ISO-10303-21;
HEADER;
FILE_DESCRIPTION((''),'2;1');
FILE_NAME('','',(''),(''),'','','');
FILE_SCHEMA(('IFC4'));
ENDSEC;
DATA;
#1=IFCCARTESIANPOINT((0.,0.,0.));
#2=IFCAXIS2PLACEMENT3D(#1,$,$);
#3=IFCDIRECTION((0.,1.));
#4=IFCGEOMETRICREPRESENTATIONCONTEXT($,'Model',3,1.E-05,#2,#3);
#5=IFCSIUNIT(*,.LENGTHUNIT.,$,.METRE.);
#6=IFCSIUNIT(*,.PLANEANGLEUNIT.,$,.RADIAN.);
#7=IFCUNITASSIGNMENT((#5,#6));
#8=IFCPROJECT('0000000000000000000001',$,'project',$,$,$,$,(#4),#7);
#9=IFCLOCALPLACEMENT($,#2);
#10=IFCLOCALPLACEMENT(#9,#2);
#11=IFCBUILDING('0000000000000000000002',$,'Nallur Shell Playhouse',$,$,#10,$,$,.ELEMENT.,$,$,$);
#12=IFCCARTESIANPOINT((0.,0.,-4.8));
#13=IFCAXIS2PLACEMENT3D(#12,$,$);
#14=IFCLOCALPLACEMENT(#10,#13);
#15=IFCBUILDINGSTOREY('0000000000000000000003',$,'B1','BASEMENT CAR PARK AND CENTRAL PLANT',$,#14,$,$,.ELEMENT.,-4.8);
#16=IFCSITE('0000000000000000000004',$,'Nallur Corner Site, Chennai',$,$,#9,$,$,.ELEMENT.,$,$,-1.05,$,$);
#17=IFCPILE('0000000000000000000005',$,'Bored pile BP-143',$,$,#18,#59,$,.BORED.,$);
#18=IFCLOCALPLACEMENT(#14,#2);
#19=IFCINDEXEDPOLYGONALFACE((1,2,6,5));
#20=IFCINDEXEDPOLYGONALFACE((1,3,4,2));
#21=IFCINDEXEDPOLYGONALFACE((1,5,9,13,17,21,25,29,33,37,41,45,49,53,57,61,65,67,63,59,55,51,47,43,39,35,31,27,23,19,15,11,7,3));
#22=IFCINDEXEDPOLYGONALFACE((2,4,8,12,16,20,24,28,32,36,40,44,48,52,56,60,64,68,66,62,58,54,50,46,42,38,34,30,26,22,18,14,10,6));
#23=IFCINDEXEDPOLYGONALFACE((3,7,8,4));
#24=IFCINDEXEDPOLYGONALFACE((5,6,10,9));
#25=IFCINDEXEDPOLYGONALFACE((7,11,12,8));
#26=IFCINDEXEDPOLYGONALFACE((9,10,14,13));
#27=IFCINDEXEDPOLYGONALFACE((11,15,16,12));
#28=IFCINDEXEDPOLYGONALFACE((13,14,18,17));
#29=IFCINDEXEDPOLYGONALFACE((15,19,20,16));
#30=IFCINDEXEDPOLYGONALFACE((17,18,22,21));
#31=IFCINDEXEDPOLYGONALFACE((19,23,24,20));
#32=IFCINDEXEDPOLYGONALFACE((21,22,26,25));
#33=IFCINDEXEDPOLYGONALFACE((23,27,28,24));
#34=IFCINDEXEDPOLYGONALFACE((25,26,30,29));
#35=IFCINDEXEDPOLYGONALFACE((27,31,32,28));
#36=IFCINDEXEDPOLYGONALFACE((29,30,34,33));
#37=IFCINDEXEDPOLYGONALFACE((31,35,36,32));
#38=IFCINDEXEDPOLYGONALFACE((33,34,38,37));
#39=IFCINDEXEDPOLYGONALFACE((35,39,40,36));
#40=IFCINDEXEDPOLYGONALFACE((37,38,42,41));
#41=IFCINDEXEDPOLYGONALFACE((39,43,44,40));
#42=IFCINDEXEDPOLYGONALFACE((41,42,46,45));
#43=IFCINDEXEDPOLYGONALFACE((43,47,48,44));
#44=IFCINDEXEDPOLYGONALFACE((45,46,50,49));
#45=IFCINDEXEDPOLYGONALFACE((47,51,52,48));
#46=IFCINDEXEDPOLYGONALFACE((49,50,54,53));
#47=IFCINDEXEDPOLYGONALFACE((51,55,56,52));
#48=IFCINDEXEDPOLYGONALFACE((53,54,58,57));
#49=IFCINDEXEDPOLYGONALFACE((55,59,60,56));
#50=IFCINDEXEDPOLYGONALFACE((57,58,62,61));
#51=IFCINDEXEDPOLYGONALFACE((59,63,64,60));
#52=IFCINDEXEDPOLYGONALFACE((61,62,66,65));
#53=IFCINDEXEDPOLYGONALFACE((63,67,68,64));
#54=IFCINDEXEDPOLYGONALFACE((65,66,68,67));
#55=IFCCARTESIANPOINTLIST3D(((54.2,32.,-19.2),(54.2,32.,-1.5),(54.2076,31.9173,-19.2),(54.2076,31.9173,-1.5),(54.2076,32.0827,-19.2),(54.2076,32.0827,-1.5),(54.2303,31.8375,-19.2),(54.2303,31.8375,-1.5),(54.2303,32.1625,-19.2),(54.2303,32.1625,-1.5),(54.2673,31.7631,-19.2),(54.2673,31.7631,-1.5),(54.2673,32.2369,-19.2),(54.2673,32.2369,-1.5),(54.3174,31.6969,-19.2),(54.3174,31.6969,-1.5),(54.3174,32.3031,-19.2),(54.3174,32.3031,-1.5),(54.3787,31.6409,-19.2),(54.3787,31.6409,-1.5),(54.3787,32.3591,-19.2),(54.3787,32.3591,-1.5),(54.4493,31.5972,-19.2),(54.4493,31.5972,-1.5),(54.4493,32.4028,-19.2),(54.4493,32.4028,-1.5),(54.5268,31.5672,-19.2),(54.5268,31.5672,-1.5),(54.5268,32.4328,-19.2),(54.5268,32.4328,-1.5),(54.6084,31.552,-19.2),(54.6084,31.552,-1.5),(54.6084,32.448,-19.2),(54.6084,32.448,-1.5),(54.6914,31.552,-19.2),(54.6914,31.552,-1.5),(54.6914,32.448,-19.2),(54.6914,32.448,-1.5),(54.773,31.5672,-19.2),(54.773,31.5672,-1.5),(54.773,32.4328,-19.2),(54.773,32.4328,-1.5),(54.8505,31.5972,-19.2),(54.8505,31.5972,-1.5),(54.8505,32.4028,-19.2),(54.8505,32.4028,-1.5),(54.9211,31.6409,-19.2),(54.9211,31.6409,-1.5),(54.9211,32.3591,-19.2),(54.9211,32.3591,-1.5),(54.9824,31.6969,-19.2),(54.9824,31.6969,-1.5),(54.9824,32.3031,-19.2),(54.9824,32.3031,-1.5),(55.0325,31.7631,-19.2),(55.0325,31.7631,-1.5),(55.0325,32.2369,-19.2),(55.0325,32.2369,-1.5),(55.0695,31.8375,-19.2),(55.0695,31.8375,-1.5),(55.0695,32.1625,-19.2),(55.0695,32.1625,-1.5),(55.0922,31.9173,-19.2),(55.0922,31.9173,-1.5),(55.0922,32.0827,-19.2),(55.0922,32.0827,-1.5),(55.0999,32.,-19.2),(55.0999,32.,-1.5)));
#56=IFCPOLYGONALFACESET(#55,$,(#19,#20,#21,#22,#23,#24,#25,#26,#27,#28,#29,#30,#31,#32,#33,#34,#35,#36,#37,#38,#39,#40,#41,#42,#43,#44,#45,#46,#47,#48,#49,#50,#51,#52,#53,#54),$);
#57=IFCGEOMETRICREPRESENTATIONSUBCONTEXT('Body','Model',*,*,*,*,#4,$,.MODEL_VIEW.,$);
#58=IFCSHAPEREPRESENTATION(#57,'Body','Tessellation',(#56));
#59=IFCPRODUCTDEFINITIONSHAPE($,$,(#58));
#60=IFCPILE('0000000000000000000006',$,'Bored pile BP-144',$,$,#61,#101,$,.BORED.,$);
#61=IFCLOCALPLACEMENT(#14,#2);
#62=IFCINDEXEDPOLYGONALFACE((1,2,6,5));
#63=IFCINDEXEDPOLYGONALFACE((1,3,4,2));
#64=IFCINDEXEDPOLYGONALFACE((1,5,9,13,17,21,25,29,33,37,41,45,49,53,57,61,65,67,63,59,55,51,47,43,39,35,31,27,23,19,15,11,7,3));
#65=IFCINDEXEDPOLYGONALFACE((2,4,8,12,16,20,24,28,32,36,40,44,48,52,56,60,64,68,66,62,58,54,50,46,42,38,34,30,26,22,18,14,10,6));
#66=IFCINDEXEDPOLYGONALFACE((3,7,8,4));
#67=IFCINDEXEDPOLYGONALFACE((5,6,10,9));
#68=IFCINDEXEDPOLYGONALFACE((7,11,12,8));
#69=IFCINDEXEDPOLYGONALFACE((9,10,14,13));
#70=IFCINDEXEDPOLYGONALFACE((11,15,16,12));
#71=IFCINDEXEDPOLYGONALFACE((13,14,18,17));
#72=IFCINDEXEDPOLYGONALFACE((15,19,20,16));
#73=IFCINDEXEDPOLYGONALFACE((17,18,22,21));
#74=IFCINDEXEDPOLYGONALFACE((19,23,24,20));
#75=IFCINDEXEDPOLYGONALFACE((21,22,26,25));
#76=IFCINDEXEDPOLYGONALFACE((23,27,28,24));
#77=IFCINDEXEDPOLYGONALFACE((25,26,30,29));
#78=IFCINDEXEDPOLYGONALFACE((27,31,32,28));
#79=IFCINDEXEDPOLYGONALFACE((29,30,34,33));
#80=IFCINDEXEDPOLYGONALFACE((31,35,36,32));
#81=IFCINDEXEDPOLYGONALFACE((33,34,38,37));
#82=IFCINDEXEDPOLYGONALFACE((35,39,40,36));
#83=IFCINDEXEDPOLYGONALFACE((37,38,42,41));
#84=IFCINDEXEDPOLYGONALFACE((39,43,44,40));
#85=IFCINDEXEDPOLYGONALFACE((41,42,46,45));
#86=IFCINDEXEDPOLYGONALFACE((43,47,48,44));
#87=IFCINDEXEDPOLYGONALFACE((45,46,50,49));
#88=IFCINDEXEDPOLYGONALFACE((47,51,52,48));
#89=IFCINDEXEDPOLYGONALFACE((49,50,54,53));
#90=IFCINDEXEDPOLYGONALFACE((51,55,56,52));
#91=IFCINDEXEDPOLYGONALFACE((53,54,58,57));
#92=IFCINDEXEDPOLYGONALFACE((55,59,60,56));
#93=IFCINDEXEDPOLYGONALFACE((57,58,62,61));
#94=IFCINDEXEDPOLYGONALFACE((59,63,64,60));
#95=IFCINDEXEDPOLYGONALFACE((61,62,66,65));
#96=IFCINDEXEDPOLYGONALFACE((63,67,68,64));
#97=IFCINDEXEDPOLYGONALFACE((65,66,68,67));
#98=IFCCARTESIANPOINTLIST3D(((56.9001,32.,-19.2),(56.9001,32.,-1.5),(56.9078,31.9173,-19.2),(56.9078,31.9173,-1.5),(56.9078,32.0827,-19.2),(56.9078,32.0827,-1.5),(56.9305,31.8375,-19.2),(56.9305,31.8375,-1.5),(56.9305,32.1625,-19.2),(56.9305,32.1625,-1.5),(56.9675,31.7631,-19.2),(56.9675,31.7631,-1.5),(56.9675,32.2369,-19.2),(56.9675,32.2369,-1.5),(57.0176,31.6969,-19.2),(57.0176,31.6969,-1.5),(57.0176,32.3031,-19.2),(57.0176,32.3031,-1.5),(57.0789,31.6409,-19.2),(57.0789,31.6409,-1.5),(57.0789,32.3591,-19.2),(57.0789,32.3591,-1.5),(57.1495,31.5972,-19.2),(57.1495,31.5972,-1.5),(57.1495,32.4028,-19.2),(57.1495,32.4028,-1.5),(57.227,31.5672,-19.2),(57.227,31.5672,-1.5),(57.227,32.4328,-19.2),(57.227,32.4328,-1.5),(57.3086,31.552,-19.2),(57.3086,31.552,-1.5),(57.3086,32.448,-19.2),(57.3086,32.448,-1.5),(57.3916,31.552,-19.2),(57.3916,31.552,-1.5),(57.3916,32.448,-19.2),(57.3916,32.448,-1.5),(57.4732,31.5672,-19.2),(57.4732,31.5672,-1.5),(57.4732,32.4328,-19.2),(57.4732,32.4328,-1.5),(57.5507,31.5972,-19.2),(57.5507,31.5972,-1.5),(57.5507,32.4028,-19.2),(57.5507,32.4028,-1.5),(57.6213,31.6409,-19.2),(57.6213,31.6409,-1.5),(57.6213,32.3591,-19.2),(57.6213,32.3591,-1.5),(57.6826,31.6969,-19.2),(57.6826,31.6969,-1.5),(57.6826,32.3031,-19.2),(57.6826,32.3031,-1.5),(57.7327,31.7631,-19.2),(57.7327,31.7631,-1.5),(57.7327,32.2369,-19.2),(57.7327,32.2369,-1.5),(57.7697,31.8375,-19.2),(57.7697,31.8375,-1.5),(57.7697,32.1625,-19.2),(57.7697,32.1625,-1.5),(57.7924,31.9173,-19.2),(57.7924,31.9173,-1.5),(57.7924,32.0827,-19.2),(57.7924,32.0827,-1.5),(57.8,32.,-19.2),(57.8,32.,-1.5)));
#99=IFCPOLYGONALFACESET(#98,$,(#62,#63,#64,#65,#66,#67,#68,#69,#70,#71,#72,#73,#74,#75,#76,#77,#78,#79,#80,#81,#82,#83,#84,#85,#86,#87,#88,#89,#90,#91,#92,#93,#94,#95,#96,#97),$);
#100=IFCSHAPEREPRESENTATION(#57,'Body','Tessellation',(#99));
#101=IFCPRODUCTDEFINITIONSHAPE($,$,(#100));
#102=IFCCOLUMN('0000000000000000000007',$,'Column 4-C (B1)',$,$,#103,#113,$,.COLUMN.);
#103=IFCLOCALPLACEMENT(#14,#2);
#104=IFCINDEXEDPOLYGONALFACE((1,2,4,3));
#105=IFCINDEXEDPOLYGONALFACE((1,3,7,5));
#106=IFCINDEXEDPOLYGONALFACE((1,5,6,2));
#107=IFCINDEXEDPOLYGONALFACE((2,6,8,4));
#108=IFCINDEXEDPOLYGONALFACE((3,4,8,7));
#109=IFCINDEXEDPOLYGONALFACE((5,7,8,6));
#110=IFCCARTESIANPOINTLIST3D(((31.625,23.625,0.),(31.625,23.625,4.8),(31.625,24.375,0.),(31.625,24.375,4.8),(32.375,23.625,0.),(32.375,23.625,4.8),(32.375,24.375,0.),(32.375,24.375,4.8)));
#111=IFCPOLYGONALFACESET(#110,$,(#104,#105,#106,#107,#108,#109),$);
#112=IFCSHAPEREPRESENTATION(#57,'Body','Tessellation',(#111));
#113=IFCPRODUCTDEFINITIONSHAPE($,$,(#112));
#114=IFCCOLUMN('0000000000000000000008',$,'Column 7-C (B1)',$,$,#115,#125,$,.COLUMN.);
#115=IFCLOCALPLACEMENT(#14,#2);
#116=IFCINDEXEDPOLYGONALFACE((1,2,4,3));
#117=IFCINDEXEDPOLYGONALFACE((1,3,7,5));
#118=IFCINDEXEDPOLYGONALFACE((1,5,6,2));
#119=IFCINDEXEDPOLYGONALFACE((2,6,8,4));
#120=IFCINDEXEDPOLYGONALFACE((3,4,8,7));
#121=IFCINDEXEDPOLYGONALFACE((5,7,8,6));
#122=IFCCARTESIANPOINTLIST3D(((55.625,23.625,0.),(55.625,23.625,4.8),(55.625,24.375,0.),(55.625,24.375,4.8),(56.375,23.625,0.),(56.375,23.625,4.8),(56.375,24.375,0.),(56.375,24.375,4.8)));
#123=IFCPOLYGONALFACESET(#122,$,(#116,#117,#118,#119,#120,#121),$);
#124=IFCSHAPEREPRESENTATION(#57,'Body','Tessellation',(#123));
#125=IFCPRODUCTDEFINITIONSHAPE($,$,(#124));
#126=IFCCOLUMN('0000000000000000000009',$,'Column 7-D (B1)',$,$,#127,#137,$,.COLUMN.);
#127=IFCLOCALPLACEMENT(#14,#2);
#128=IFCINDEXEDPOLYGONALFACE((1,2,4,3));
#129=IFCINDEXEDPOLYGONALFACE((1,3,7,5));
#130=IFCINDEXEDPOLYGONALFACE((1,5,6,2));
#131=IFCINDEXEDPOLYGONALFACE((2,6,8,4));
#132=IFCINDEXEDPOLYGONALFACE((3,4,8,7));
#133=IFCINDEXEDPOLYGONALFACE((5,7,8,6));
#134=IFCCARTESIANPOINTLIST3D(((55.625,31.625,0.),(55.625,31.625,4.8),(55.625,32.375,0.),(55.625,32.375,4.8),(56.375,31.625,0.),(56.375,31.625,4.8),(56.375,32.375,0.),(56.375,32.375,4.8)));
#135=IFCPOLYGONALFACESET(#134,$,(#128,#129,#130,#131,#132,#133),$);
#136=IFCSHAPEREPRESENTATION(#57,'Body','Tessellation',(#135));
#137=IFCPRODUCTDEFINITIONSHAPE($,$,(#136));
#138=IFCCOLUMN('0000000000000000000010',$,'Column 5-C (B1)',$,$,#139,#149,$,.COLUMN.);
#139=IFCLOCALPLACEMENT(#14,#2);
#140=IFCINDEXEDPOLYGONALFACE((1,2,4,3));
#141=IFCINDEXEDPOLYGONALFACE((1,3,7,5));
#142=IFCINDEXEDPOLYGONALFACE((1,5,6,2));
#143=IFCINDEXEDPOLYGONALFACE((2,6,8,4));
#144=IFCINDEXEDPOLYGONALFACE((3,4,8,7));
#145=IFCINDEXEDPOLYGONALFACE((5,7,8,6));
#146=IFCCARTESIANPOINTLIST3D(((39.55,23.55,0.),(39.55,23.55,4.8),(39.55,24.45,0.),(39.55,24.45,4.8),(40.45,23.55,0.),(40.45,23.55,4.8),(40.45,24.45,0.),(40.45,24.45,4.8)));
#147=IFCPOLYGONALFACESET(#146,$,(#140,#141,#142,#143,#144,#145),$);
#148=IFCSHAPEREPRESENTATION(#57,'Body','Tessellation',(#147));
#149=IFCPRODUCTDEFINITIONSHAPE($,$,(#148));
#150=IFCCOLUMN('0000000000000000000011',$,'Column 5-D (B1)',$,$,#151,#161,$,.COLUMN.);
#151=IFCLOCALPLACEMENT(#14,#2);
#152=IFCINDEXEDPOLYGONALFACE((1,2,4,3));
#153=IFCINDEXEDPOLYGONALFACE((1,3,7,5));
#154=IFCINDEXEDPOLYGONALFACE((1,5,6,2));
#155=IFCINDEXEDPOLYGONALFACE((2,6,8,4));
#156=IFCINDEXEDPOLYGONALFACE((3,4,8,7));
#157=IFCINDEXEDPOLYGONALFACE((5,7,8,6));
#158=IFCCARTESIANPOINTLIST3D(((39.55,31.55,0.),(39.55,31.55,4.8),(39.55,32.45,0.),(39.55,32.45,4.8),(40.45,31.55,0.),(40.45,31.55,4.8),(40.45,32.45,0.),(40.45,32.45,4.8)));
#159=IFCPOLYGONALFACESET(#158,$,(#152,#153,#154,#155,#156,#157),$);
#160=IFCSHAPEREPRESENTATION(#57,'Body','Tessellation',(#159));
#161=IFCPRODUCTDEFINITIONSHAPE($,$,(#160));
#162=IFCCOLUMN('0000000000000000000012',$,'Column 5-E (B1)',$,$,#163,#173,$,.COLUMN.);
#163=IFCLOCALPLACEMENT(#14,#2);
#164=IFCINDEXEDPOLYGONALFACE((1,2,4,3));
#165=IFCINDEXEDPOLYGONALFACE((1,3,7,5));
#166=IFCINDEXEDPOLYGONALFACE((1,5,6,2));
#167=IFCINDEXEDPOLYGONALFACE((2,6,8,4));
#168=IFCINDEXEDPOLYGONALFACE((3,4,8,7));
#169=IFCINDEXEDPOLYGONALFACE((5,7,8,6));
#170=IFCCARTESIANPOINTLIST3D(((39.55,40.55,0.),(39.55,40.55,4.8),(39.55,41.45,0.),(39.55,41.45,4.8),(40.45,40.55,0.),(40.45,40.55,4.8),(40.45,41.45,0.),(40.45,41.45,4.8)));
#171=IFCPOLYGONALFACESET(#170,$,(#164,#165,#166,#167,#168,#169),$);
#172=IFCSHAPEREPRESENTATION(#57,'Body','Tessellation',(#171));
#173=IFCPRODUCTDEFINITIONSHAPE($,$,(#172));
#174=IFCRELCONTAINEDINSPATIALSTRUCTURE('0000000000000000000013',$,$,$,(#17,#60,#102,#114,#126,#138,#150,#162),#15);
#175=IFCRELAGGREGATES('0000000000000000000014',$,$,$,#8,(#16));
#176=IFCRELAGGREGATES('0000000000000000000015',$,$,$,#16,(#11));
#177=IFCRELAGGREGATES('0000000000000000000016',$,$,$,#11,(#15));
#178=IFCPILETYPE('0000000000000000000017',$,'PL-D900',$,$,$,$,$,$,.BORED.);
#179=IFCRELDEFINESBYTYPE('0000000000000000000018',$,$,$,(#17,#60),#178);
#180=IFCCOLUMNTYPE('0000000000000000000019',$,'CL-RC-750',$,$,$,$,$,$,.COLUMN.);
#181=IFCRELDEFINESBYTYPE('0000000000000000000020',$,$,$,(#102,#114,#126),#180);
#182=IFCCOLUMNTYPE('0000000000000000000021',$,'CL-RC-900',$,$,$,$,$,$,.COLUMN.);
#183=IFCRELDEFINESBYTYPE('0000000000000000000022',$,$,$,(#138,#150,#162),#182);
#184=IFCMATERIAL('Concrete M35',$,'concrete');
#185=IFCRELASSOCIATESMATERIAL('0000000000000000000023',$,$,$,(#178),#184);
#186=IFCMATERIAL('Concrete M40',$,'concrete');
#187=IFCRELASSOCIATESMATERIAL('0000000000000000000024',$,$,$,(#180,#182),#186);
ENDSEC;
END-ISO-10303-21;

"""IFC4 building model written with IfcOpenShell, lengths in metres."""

from ifc_helpers import new_model, si_unit, direction, frame, origin, origin_2d, place, context, subcontext, project, spatial, rectangle, circle, extrude, material, material_profile, profile_set, type_object, element, save


model = new_model("IFC4")

# Units and contexts
model_context = context("Model", 3, precision=1e-05, world=origin(), true_north=direction((0.0, 1.0)))
body_context = subcontext(model_context, "Body", "Model", "MODEL_VIEW")
ifc_project = project(units=[si_unit("LENGTHUNIT", "METRE"), si_unit("PLANEANGLEUNIT", "RADIAN")], contexts=[model_context])

# Site, building, storey
site_placement = place(None, origin())
site = spatial("IfcSite", under=ifc_project, at=site_placement, Name="Nallur Corner Site, Chennai", CompositionType="ELEMENT", RefElevation=-1.05)
building_placement = place(site_placement, origin())
building = spatial("IfcBuilding", under=site, at=building_placement, Name="Nallur Shell Playhouse", CompositionType="ELEMENT")
storey_placement = place(building_placement, frame((0.0, 0.0, -4.8)))
storey = spatial("IfcBuildingStorey", under=building, at=storey_placement, Name="B1", Description="BASEMENT CAR PARK AND CENTRAL PLANT", CompositionType="ELEMENT", Elevation=-4.8)

# Shared definitions
ifc_material_1 = material(Name="Concrete M35", Category="concrete")

# Piles
ifc_material_profile_1 = material_profile(ifc_material_1, circle(Radius=0.45, at=origin_2d()), Name="BORED PILE D900")
ifc_profile_set_1 = profile_set([ifc_material_profile_1], Name="Concrete M35")
pile_type_1 = type_object("IfcPileType", Name="PL-D900", PredefinedType="BORED", material=ifc_profile_set_1)
for number, where, z_axis, x_axis, name in (
    (1, (54.6499, 32.0, -1.5), (0.0, 0.0, -1.0), (1.0, 0.0, 0.0), "Bored pile BP-143"),
    (2, (57.3501, 32.0, -1.5), (0.0, 0.0, -1.0), (1.0, 0.0, 0.0), "Bored pile BP-144"),
):
    element("IfcPile", number, at=place(storey_placement, frame(where, z_axis=z_axis, x_axis=x_axis)), inside=storey, type_object=pile_type_1, Name=name, PredefinedType="BORED", context=body_context, shape_type="SweptSolid", body=[
        extrude(circle(Radius=0.45, at=origin_2d()), origin(), (0.0, 0.0, 1.0), 17.7),
    ])

# Columns
ifc_material_2 = material(Name="Concrete M40", Category="concrete")
ifc_material_profile_2 = material_profile(ifc_material_2, rectangle(XDim=0.75, YDim=0.75, at=origin_2d()), Name="RC 750x750")
ifc_profile_set_2 = profile_set([ifc_material_profile_2], Name="Concrete M40")
column_type_1 = type_object("IfcColumnType", Name="CL-RC-750", PredefinedType="COLUMN", material=ifc_profile_set_2)
for number, where, z_axis, x_axis, name in (
    (3, (32.0, 24.0, 0.0), (0.0, 0.0, 1.0), (1.0, 0.0, 0.0), "Column 4-C (B1)"),
    (4, (56.0, 24.0, 0.0), (0.0, 0.0, 1.0), (1.0, 0.0, 0.0), "Column 7-C (B1)"),
    (5, (56.0, 32.0, 0.0), (0.0, 0.0, 1.0), (1.0, 0.0, 0.0), "Column 7-D (B1)"),
):
    element("IfcColumn", number, at=place(storey_placement, frame(where, z_axis=z_axis, x_axis=x_axis)), inside=storey, type_object=column_type_1, Name=name, PredefinedType="COLUMN", context=body_context, shape_type="SweptSolid", body=[
        extrude(rectangle(XDim=0.75, YDim=0.75, at=origin_2d()), origin(), (0.0, 0.0, 1.0), 4.8),
    ])
ifc_material_profile_3 = material_profile(ifc_material_2, rectangle(XDim=0.8999, YDim=0.8999, at=origin_2d()), Name="RC 900x900")
ifc_profile_set_3 = profile_set([ifc_material_profile_3], Name="Concrete M40")
column_type_2 = type_object("IfcColumnType", Name="CL-RC-900", PredefinedType="COLUMN", material=ifc_profile_set_3)
for number, where, z_axis, x_axis, name in (
    (6, (40.0, 24.0, 0.0), (0.0, 0.0, 1.0), (1.0, 0.0, 0.0), "Column 5-C (B1)"),
    (7, (40.0, 32.0, 0.0), (0.0, 0.0, 1.0), (1.0, 0.0, 0.0), "Column 5-D (B1)"),
    (8, (40.0, 41.0, 0.0), (0.0, 0.0, 1.0), (1.0, 0.0, 0.0), "Column 5-E (B1)"),
):
    element("IfcColumn", number, at=place(storey_placement, frame(where, z_axis=z_axis, x_axis=x_axis)), inside=storey, type_object=column_type_2, Name=name, PredefinedType="COLUMN", context=body_context, shape_type="SweptSolid", body=[
        extrude(rectangle(XDim=0.8999, YDim=0.8999, at=origin_2d()), origin(), (0.0, 0.0, 1.0), 4.8),
    ])

save(model, "model.ifc")
